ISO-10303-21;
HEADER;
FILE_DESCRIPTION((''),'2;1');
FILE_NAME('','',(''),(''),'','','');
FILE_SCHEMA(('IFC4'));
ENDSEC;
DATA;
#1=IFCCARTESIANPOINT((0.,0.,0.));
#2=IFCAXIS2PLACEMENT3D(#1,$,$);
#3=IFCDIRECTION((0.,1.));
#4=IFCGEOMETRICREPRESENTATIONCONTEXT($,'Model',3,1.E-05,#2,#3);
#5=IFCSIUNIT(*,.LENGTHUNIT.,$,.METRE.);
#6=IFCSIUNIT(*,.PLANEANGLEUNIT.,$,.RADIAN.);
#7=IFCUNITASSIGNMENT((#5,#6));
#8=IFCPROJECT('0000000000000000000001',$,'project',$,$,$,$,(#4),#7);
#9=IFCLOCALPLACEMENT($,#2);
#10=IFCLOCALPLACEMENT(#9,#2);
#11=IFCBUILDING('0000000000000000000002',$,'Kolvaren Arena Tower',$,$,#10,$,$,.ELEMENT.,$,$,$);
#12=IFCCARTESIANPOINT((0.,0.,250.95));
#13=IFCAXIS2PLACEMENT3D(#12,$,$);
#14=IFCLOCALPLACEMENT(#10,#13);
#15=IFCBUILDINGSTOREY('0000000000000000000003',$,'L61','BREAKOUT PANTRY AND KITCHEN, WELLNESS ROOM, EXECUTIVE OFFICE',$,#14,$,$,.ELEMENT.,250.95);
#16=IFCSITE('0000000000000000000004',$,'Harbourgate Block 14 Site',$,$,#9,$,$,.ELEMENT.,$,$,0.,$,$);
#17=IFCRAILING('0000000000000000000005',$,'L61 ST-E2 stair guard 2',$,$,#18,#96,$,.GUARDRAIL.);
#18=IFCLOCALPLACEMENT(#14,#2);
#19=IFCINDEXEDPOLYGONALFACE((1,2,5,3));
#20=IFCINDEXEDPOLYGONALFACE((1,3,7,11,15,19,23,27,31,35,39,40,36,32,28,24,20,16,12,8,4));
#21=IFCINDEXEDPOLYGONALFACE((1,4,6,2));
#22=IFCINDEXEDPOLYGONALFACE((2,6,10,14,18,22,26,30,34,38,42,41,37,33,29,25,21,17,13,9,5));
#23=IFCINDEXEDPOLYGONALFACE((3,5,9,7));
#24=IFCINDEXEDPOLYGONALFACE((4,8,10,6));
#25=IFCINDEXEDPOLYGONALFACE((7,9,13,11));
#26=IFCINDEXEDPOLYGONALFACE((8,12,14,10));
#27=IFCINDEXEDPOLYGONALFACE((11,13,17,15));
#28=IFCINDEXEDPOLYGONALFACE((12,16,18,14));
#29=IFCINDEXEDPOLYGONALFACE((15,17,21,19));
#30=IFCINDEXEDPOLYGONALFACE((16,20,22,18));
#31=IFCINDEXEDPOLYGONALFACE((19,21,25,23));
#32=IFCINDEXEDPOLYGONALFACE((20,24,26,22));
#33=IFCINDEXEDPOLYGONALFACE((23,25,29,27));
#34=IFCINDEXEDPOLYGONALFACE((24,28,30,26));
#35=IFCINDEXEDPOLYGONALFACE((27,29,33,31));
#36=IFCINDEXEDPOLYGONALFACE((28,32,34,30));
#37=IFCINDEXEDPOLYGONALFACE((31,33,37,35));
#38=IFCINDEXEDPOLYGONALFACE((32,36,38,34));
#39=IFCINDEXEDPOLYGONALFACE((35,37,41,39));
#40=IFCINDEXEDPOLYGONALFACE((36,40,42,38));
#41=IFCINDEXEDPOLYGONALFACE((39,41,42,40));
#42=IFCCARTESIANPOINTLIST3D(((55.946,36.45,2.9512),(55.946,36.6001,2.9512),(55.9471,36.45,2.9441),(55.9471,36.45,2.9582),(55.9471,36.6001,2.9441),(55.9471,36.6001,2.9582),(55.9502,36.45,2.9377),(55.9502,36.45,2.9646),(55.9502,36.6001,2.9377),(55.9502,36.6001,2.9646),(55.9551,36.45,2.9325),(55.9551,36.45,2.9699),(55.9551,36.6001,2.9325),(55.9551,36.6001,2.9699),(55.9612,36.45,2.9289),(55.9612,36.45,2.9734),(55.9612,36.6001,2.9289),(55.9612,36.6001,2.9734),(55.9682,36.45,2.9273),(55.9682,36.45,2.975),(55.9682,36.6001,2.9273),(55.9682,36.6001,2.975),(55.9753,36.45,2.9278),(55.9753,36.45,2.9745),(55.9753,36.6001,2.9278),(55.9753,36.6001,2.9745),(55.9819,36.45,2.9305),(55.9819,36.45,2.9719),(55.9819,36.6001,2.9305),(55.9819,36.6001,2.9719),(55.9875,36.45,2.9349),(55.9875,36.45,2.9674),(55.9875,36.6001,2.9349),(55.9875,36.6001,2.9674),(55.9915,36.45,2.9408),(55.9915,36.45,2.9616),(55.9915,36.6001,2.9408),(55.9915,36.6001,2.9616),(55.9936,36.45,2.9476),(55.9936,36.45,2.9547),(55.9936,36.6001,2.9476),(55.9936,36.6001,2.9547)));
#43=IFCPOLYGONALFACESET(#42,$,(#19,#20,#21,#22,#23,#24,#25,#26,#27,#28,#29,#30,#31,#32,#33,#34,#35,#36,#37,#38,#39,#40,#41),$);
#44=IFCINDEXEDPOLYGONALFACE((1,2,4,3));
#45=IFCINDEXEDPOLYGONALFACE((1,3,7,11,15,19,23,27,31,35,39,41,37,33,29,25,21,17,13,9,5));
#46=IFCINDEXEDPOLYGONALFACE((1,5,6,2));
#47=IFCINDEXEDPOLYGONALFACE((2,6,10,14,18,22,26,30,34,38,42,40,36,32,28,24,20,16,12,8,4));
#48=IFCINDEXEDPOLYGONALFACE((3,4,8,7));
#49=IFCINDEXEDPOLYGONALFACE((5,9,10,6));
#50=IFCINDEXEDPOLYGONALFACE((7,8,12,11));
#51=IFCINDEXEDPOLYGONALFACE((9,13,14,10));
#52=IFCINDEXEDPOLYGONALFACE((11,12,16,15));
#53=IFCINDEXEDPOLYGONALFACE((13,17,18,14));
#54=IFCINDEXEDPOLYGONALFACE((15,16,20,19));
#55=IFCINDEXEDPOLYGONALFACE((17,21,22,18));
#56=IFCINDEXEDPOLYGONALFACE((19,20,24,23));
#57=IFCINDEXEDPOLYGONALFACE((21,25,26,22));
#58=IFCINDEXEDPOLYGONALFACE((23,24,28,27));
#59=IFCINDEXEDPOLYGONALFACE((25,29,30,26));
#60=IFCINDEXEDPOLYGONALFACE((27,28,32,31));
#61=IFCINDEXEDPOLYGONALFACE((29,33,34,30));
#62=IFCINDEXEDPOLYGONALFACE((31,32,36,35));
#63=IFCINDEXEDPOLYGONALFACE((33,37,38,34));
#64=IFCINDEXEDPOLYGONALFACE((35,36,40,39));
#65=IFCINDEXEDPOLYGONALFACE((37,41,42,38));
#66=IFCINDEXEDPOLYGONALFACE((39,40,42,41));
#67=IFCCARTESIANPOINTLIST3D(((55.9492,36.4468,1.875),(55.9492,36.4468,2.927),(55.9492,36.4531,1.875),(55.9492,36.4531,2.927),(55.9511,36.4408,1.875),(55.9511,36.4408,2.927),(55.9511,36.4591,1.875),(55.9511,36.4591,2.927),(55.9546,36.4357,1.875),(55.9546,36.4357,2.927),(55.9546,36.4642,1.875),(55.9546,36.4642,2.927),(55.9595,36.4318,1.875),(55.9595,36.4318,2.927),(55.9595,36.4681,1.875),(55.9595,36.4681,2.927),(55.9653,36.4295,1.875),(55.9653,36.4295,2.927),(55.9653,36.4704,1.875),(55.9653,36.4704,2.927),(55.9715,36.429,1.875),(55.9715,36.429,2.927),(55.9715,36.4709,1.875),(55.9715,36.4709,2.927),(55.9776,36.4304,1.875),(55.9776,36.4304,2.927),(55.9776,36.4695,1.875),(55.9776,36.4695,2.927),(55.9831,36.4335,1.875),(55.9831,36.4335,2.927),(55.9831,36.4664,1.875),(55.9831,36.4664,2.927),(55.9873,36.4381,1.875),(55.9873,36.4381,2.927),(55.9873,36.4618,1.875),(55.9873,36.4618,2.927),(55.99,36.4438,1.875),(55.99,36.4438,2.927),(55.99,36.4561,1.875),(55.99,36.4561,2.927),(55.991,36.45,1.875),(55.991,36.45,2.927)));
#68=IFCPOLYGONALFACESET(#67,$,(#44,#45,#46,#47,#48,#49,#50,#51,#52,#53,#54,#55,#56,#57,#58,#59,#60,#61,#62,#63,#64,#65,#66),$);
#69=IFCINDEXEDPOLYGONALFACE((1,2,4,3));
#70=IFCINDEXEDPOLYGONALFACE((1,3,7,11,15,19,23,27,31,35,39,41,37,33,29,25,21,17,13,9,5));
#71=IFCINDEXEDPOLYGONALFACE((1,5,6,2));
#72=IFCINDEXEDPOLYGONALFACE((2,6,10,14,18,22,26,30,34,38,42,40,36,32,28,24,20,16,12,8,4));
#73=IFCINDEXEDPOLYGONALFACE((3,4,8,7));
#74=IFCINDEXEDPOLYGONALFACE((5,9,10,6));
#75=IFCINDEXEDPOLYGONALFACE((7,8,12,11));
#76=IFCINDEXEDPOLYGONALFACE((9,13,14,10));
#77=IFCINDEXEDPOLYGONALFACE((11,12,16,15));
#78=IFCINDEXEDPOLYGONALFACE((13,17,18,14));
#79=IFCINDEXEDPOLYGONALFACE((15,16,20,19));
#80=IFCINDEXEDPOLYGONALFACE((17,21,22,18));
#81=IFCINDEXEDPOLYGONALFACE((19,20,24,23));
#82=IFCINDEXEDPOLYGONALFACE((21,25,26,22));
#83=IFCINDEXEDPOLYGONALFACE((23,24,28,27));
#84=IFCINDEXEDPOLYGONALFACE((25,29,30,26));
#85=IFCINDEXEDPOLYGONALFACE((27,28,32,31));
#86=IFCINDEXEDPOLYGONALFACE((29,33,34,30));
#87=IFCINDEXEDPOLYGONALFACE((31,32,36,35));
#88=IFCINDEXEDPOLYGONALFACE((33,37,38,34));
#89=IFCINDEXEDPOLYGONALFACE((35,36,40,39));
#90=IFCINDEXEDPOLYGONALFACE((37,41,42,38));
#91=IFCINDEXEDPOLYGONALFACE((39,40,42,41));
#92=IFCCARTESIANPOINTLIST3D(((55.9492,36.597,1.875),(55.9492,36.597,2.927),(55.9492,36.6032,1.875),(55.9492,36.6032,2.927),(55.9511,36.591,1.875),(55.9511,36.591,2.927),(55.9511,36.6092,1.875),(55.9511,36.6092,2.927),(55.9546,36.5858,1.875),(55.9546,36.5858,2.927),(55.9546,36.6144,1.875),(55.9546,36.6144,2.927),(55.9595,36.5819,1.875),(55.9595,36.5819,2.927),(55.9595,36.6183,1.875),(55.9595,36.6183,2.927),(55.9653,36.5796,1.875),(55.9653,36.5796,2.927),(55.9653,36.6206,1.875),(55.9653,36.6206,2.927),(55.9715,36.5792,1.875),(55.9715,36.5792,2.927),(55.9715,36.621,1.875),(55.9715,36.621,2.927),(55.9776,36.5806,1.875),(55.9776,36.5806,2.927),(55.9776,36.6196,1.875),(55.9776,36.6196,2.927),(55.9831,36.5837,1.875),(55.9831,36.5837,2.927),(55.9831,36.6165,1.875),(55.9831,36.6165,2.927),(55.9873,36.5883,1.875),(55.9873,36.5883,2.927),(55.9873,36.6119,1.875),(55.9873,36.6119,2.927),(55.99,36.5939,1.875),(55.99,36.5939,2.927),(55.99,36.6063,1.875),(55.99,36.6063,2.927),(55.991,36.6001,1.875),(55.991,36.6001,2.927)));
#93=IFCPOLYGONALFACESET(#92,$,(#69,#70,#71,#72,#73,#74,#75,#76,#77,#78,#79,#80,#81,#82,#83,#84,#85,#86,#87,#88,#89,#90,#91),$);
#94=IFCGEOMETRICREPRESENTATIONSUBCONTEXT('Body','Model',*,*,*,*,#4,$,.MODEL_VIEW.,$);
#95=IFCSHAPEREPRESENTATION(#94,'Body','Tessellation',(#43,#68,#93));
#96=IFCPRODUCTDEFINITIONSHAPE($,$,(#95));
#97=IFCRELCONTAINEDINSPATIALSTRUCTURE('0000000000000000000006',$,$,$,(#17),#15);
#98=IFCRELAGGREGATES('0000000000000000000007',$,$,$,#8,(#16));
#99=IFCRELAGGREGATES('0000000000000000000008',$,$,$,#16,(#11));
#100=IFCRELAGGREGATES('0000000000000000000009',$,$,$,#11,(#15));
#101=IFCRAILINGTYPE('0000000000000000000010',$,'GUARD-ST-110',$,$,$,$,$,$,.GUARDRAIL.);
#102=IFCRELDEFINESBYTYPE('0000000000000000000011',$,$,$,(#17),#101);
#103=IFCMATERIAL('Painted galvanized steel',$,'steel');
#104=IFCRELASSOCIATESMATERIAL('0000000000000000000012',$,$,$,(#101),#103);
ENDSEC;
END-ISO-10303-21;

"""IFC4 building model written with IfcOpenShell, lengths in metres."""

from ifc_helpers import new_model, si_unit, direction, frame, origin, origin_2d, place, context, subcontext, project, spatial, circle, extrude, material, type_object, element, save


model = new_model("IFC4")

# Units and contexts
model_context = context("Model", 3, precision=1e-05, world=origin(), true_north=direction((0.0, 1.0)))
body_context = subcontext(model_context, "Body", "Model", "MODEL_VIEW")
ifc_project = project(units=[si_unit("LENGTHUNIT", "METRE"), si_unit("PLANEANGLEUNIT", "RADIAN")], contexts=[model_context])

# Site, building, storey
site_placement = place(None, origin())
site = spatial("IfcSite", under=ifc_project, at=site_placement, Name="Harbourgate Block 14 Site", CompositionType="ELEMENT", RefElevation=0.0)
building_placement = place(site_placement, origin())
building = spatial("IfcBuilding", under=site, at=building_placement, Name="Kolvaren Arena Tower", CompositionType="ELEMENT")
storey_placement = place(building_placement, frame((0.0, 0.0, 250.95)))
storey = spatial("IfcBuildingStorey", under=building, at=storey_placement, Name="L61", Description="BREAKOUT PANTRY AND KITCHEN, WELLNESS ROOM, EXECUTIVE OFFICE", CompositionType="ELEMENT", Elevation=250.95)

# Railing
ifc_material_1 = material(Name="Painted galvanized steel", Category="steel")
railing_type_1 = type_object("IfcRailingType", Name="GUARD-ST-110", PredefinedType="GUARDRAIL", material=ifc_material_1)
railing_1_placement = place(storey_placement, frame((55.97, 36.45, 1.875)))
element("IfcRailing", 1, at=railing_1_placement, inside=storey, type_object=railing_type_1, Name="L61 ST-E2 stair guard 2", PredefinedType="GUARDRAIL", context=body_context, shape_type="SweptSolid", body=[
    extrude(circle(Radius=0.0239, at=origin_2d()), frame((0.0, 0.0, 1.0762), z_axis=(0.0, 1.0, 0.0), x_axis=(-1.0, 0.0, 0.0)), (0.0, 0.0, 1.0), 0.1501),
    extrude(circle(Radius=0.021, at=origin_2d()), origin(), (0.0, 0.0, 1.0), 1.052),
    extrude(circle(Radius=0.021, at=origin_2d()), frame((0.0, 0.1501, 0.0)), (0.0, 0.0, 1.0), 1.052),
])

save(model, "model.ifc")
